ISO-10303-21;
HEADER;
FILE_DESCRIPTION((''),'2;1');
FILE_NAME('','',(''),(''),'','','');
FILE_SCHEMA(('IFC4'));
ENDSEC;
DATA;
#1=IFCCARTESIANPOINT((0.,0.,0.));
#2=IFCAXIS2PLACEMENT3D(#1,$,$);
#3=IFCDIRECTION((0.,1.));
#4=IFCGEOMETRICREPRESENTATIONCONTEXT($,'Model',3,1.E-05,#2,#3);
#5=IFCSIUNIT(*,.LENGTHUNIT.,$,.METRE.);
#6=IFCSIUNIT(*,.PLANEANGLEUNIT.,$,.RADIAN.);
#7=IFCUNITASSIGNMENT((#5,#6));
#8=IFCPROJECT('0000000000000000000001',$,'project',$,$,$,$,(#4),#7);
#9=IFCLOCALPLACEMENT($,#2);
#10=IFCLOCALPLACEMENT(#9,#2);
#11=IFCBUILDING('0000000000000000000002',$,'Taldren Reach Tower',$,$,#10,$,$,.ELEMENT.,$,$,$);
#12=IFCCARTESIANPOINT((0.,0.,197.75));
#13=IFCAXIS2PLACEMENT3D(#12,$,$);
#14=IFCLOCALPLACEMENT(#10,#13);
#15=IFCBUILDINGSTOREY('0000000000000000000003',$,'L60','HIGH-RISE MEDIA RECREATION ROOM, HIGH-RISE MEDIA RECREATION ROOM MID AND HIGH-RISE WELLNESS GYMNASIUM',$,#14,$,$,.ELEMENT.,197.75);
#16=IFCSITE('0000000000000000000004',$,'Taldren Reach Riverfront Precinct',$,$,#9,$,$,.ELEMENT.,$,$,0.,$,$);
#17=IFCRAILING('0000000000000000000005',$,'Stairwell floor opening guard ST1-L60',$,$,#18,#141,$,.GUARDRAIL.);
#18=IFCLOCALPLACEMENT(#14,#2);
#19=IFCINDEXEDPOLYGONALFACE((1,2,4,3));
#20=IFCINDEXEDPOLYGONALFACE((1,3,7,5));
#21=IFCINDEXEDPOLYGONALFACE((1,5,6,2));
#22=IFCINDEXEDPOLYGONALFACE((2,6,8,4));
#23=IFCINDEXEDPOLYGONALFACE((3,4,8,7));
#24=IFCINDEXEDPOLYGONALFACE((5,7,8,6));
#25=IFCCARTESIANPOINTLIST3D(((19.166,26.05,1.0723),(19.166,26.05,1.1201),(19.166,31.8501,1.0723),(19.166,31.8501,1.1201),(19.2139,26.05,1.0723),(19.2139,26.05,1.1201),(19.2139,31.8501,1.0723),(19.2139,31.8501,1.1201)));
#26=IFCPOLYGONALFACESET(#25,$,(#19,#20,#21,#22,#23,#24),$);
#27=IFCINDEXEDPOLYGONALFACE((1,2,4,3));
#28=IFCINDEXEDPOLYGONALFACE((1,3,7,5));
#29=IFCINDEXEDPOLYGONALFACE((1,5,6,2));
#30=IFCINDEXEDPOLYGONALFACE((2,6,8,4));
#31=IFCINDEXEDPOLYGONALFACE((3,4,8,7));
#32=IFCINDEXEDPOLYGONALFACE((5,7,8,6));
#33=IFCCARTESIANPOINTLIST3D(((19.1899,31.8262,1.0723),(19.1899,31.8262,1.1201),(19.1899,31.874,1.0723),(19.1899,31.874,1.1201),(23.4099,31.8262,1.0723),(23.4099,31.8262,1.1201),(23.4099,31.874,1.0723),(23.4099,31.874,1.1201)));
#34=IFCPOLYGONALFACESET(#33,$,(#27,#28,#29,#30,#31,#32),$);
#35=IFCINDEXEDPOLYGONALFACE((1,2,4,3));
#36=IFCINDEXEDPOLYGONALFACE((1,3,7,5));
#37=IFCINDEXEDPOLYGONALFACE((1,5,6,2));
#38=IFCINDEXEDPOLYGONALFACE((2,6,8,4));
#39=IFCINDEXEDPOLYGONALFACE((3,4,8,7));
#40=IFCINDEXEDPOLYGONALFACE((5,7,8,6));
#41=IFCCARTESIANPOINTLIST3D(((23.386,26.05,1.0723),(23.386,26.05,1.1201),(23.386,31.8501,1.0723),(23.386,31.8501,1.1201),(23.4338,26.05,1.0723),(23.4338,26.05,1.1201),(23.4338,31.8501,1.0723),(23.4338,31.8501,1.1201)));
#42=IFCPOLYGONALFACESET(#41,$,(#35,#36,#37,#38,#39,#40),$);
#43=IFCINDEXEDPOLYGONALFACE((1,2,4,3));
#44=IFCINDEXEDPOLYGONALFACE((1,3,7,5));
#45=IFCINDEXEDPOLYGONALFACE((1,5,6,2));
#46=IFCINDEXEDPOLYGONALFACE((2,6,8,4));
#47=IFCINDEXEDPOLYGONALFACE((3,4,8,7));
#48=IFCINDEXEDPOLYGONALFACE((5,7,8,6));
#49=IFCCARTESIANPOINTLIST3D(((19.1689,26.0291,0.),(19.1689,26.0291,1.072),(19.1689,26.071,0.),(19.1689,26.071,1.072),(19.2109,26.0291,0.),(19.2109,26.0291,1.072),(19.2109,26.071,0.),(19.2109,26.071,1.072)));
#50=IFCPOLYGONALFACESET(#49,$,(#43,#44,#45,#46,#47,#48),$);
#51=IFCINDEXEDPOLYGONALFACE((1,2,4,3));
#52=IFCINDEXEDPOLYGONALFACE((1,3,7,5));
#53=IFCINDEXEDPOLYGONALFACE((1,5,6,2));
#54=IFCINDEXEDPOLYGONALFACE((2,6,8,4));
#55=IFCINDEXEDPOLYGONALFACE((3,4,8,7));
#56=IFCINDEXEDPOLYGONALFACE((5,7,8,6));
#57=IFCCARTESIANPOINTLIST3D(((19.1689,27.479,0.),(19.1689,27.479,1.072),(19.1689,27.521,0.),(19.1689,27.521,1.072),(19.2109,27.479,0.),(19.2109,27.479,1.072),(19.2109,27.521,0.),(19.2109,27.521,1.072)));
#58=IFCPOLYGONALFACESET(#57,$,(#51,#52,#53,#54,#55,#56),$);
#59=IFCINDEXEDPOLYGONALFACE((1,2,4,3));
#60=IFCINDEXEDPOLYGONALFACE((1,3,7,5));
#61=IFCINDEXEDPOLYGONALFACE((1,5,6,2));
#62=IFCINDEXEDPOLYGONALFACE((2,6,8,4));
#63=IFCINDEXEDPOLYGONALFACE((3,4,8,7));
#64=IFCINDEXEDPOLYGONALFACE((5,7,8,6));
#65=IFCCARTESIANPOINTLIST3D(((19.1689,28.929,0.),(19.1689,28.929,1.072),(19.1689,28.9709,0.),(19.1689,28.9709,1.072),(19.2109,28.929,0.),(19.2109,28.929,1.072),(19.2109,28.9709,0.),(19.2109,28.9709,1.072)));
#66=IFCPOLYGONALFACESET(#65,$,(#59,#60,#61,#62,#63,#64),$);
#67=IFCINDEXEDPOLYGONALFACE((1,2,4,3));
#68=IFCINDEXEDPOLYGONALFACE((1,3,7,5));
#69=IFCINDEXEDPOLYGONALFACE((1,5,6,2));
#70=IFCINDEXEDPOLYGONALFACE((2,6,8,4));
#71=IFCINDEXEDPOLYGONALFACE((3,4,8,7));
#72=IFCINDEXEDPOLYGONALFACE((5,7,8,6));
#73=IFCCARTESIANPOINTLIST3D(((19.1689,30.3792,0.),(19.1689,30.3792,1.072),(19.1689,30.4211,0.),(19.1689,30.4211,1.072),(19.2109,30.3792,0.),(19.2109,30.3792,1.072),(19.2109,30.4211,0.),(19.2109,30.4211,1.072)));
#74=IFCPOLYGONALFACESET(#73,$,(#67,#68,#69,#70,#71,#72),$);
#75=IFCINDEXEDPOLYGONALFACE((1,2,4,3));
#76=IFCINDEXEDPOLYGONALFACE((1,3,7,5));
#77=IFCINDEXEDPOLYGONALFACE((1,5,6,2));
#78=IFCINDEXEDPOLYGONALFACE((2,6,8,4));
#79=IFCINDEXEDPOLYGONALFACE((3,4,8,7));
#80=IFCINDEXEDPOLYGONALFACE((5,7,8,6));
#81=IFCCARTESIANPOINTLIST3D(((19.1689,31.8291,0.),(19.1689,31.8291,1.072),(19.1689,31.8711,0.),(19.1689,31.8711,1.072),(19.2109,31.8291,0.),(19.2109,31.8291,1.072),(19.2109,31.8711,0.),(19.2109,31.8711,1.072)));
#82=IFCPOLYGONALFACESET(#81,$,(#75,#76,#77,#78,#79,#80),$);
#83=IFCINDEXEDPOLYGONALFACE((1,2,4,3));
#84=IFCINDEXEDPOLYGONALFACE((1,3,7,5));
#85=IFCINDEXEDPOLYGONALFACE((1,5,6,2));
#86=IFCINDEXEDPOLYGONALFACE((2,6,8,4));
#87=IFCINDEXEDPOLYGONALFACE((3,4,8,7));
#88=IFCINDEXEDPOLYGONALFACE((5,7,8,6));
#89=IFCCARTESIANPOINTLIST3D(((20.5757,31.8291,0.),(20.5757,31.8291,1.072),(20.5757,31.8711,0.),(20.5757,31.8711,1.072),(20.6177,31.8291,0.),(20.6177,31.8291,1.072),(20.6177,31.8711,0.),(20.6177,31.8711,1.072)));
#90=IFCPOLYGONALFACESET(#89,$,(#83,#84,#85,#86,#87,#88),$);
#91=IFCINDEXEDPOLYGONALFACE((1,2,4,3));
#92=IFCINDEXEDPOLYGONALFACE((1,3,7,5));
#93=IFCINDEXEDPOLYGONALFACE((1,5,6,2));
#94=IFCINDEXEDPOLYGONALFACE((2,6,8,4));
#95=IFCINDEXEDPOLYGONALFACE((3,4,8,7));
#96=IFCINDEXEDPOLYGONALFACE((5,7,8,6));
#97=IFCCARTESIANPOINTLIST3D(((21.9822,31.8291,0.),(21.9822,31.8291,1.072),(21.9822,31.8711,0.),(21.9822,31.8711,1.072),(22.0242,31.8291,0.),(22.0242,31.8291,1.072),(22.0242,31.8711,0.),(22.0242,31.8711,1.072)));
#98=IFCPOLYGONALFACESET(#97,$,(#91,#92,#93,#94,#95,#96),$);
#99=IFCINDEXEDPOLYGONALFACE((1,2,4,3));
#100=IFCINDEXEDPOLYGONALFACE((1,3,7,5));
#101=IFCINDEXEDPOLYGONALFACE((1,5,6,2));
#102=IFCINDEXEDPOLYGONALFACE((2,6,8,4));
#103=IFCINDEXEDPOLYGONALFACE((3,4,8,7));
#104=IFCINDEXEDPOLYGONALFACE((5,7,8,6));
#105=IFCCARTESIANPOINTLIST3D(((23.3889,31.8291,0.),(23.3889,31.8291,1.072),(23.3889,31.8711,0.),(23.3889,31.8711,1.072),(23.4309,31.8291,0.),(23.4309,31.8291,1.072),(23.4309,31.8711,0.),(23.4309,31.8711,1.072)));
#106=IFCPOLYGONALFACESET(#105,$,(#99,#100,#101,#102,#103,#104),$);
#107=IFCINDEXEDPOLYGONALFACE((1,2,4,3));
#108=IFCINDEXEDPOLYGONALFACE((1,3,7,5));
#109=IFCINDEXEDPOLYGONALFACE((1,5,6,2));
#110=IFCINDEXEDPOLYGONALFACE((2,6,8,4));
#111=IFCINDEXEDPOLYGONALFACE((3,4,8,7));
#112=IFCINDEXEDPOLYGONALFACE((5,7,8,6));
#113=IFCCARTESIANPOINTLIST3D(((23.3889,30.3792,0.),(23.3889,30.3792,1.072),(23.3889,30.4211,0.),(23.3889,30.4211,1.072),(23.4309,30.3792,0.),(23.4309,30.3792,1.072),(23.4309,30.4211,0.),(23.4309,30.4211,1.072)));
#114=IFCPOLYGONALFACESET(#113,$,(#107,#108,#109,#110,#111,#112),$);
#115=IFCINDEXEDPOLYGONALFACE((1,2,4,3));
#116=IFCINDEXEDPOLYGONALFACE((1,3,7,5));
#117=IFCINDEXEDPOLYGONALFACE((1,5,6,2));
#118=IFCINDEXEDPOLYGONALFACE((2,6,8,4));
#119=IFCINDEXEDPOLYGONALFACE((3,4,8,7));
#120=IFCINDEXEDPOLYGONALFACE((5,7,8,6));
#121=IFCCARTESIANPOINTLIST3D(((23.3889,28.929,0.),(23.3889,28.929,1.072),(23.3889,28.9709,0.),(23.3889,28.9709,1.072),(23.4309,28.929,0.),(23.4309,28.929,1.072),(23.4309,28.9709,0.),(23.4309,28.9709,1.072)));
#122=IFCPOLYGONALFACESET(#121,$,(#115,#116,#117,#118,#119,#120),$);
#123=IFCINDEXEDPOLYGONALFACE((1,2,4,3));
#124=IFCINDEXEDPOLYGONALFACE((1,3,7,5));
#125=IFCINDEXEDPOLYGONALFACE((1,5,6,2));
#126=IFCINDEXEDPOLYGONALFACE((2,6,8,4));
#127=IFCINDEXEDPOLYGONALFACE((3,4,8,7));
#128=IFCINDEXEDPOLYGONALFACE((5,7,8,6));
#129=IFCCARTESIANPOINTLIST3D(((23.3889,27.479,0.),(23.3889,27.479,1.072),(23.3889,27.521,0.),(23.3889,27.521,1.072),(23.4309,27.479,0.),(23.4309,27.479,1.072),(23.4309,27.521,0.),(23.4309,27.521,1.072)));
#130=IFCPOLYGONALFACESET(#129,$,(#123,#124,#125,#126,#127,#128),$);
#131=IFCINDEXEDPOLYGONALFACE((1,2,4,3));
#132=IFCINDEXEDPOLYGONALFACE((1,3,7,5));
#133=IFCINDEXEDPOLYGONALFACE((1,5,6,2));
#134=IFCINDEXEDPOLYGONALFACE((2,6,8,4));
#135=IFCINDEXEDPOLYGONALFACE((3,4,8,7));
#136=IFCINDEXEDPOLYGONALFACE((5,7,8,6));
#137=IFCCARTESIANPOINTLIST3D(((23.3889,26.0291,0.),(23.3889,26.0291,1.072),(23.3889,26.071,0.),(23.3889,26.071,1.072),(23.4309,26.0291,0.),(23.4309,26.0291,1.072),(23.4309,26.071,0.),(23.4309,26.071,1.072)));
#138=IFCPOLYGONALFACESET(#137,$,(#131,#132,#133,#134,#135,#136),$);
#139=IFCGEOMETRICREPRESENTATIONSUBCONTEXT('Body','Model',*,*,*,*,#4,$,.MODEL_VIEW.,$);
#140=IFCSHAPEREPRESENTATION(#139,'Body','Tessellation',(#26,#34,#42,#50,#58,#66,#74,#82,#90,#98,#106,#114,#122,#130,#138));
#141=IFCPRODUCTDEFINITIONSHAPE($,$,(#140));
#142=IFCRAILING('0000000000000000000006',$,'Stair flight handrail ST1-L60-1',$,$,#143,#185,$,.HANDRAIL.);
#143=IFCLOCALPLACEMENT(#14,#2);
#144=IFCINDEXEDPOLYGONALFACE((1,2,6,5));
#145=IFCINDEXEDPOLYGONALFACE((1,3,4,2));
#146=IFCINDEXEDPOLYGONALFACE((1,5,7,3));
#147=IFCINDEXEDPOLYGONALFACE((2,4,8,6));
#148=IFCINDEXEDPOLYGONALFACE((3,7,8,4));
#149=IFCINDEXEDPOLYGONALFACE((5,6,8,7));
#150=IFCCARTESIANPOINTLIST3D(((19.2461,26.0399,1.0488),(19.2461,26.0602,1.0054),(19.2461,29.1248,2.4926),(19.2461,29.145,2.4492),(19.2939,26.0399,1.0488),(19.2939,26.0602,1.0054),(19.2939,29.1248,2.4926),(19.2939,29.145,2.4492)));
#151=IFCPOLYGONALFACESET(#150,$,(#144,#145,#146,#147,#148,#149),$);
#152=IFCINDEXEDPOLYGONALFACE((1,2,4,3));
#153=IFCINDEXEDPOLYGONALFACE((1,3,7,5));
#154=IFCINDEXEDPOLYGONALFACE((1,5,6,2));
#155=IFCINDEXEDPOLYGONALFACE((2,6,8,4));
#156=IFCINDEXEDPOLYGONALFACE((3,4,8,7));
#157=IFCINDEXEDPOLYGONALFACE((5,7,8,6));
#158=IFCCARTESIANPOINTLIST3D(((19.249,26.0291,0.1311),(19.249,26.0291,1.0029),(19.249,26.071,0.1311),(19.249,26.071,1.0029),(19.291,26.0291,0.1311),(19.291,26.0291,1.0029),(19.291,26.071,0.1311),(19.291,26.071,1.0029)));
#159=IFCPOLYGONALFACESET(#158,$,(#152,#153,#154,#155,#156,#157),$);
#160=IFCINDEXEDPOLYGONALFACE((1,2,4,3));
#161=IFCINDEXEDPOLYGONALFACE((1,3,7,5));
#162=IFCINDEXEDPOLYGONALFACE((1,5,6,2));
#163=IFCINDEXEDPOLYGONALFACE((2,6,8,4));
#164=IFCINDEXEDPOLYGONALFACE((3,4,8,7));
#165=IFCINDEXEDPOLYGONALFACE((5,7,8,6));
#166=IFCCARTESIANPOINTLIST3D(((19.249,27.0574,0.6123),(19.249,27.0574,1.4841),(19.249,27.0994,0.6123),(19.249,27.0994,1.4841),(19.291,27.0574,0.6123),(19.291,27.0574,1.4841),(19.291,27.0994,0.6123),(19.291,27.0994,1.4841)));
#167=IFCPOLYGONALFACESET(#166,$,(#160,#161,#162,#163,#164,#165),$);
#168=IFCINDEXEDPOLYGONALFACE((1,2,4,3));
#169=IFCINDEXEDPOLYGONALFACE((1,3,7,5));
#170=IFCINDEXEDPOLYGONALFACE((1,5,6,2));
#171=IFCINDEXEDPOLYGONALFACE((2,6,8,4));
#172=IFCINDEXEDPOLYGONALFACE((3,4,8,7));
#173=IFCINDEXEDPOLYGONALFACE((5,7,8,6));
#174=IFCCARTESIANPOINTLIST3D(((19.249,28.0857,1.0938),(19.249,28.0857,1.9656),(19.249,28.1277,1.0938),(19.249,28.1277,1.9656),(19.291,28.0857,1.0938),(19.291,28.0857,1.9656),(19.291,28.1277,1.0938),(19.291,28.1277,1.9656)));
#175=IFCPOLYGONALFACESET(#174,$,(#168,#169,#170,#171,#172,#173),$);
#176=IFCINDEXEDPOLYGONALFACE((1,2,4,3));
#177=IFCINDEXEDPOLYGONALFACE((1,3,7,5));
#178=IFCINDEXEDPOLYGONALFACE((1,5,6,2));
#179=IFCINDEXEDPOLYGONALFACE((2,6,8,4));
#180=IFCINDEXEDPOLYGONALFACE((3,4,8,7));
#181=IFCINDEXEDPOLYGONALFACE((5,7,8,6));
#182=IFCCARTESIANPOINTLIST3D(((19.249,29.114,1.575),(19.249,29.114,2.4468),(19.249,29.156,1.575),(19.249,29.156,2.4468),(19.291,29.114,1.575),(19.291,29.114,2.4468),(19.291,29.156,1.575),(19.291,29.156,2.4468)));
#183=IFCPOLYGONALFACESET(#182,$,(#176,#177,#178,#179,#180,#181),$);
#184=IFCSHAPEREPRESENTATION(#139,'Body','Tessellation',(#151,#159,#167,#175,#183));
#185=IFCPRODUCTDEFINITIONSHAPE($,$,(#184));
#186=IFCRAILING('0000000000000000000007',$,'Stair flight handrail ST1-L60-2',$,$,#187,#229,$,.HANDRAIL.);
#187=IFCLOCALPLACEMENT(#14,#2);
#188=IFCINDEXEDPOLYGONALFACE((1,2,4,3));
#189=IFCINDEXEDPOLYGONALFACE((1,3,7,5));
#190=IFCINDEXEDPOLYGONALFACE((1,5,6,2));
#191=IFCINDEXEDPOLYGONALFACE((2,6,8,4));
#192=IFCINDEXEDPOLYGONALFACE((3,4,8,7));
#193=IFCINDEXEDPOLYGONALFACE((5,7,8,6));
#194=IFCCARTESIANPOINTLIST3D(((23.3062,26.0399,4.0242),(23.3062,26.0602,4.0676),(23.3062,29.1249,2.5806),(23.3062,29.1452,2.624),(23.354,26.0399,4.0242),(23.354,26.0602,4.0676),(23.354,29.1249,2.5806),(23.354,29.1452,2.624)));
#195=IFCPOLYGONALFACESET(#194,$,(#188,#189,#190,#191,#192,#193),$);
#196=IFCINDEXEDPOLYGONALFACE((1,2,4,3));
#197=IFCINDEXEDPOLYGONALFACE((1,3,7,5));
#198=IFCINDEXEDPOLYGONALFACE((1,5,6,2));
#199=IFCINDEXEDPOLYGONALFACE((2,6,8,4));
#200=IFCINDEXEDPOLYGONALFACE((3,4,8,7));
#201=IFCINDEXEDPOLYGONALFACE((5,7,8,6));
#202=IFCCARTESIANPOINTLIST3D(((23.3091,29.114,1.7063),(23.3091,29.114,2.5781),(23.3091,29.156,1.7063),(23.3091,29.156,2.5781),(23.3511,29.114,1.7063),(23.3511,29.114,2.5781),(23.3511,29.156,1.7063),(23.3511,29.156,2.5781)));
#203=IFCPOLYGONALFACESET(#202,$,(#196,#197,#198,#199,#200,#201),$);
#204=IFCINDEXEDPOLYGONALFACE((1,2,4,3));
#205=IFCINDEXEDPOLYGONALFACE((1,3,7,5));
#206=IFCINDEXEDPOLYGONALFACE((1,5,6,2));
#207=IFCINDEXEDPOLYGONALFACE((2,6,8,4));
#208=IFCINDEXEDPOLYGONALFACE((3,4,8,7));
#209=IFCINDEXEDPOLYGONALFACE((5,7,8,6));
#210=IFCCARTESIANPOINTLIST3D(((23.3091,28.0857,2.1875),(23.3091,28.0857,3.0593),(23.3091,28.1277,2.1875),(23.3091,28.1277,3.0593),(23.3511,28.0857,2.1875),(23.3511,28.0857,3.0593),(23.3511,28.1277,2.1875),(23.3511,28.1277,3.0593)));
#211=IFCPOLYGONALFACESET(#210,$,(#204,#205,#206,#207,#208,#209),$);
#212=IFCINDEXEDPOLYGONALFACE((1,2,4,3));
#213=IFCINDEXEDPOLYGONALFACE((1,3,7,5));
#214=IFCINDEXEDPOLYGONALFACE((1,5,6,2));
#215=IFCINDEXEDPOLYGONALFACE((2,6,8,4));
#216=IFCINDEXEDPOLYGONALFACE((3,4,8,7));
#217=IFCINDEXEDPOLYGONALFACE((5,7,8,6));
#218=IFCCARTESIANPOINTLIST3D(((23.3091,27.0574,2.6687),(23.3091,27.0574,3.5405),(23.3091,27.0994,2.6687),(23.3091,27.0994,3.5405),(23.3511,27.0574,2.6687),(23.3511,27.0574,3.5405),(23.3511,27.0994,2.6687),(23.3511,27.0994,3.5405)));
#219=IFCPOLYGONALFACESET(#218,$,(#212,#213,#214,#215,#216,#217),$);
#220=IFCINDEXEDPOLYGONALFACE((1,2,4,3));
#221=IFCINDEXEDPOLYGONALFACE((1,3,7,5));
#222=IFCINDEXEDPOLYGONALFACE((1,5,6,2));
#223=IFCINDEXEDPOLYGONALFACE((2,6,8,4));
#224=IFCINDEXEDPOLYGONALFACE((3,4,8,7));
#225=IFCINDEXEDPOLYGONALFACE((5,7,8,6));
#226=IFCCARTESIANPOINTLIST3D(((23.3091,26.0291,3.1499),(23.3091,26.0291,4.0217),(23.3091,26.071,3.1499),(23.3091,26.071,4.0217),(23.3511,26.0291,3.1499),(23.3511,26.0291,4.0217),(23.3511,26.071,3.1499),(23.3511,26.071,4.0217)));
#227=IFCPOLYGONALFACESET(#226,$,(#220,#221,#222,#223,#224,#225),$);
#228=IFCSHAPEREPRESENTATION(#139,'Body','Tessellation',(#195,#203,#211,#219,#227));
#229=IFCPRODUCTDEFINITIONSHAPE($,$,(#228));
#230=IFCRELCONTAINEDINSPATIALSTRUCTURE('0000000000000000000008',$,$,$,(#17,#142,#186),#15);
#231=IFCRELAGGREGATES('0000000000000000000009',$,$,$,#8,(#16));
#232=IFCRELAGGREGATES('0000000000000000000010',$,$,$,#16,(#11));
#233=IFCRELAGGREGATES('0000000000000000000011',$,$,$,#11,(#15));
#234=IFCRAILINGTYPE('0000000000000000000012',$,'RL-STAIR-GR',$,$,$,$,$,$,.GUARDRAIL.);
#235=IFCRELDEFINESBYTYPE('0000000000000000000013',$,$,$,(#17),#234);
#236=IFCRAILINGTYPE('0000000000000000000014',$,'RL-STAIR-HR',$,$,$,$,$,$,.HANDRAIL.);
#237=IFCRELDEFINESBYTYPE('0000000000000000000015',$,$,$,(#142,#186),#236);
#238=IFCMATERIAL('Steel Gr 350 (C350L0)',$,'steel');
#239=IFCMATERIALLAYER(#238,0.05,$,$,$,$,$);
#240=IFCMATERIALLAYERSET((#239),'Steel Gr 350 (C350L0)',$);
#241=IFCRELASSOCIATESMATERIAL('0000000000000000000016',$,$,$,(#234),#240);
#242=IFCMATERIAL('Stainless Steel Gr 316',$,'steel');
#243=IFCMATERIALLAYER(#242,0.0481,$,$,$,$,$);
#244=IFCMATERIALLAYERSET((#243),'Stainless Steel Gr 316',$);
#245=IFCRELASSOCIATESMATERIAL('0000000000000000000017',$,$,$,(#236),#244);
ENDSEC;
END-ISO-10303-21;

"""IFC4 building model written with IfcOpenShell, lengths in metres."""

from ifc_helpers import new_model, si_unit, direction, frame, origin, origin_2d, place, context, subcontext, project, spatial, rectangle, extrude, material, layer, layer_set, type_object, element, save


model = new_model("IFC4")

# Units and contexts
model_context = context("Model", 3, precision=1e-05, world=origin(), true_north=direction((0.0, 1.0)))
body_context = subcontext(model_context, "Body", "Model", "MODEL_VIEW")
ifc_project = project(units=[si_unit("LENGTHUNIT", "METRE"), si_unit("PLANEANGLEUNIT", "RADIAN")], contexts=[model_context])

# Site, building, storey
site_placement = place(None, origin())
site = spatial("IfcSite", under=ifc_project, at=site_placement, Name="Taldren Reach Riverfront Precinct", CompositionType="ELEMENT", RefElevation=0.0)
building_placement = place(site_placement, origin())
building = spatial("IfcBuilding", under=site, at=building_placement, Name="Taldren Reach Tower", CompositionType="ELEMENT")
storey_placement = place(building_placement, frame((0.0, 0.0, 197.75)))
storey = spatial("IfcBuildingStorey", under=building, at=storey_placement, Name="L60", Description="HIGH-RISE MEDIA RECREATION ROOM, HIGH-RISE MEDIA RECREATION ROOM MID AND HIGH-RISE WELLNESS GYMNASIUM", CompositionType="ELEMENT", Elevation=197.75)

# Shared definitions
ifc_material_1 = material(Name="Steel Gr 350 (C350L0)", Category="steel")

# Railings
ifc_layer_1 = layer(ifc_material_1, 0.05)
ifc_layer_set_1 = layer_set([ifc_layer_1], Name="Steel Gr 350 (C350L0)")
railing_type_1 = type_object("IfcRailingType", Name="RL-STAIR-GR", PredefinedType="GUARDRAIL", material=ifc_layer_set_1)
railing_1_placement = place(storey_placement, frame((19.1899, 26.05, 0.0)))
element("IfcRailing", 1, at=railing_1_placement, inside=storey, type_object=railing_type_1, Name="Stairwell floor opening guard ST1-L60", PredefinedType="GUARDRAIL", context=body_context, shape_type="SweptSolid", body=[
    extrude(rectangle(XDim=0.0479, YDim=0.0479, at=origin_2d()), frame((0.0, 0.0, 1.0962), z_axis=(0.0, 1.0, 0.0), x_axis=(-1.0, 0.0, 0.0)), (0.0, 0.0, 1.0), 5.8),
    extrude(rectangle(XDim=0.0479, YDim=0.0479, at=origin_2d()), frame((0.0, 5.8, 1.0962), z_axis=(1.0, 0.0, 0.0), x_axis=(0.0, 1.0, 0.0)), (0.0, 0.0, 1.0), 4.22),
    extrude(rectangle(XDim=0.0479, YDim=0.0479, at=origin_2d()), frame((4.22, 5.8, 1.0962), z_axis=(0.0, -1.0, 0.0), x_axis=(1.0, 0.0, 0.0)), (0.0, 0.0, 1.0), 5.8),
    extrude(rectangle(XDim=0.042, YDim=0.042, at=origin_2d()), origin(), (0.0, 0.0, 1.0), 1.072),
    extrude(rectangle(XDim=0.042, YDim=0.042, at=origin_2d()), frame((0.0, 1.45, 0.0)), (0.0, 0.0, 1.0), 1.072),
    extrude(rectangle(XDim=0.042, YDim=0.042, at=origin_2d()), frame((0.0, 2.8999, 0.0)), (0.0, 0.0, 1.0), 1.072),
    extrude(rectangle(XDim=0.042, YDim=0.042, at=origin_2d()), frame((0.0, 4.3501, 0.0)), (0.0, 0.0, 1.0), 1.072),
    extrude(rectangle(XDim=0.042, YDim=0.042, at=origin_2d()), frame((0.0, 5.8, 0.0)), (0.0, 0.0, 1.0), 1.072),
    extrude(rectangle(XDim=0.042, YDim=0.042, at=origin_2d()), frame((1.4067, 5.8, 0.0)), (0.0, 0.0, 1.0), 1.072),
    extrude(rectangle(XDim=0.042, YDim=0.042, at=origin_2d()), frame((2.8132, 5.8, 0.0)), (0.0, 0.0, 1.0), 1.072),
    extrude(rectangle(XDim=0.042, YDim=0.042, at=origin_2d()), frame((4.22, 5.8, 0.0)), (0.0, 0.0, 1.0), 1.072),
    extrude(rectangle(XDim=0.042, YDim=0.042, at=origin_2d()), frame((4.22, 4.3501, 0.0)), (0.0, 0.0, 1.0), 1.072),
    extrude(rectangle(XDim=0.042, YDim=0.042, at=origin_2d()), frame((4.22, 2.8999, 0.0)), (0.0, 0.0, 1.0), 1.072),
    extrude(rectangle(XDim=0.042, YDim=0.042, at=origin_2d()), frame((4.22, 1.45, 0.0)), (0.0, 0.0, 1.0), 1.072),
    extrude(rectangle(XDim=0.042, YDim=0.042, at=origin_2d()), frame((4.22, 0.0, 0.0)), (0.0, 0.0, 1.0), 1.072),
])
ifc_material_2 = material(Name="Stainless Steel Gr 316", Category="steel")
ifc_layer_2 = layer(ifc_material_2, 0.0481)
ifc_layer_set_2 = layer_set([ifc_layer_2], Name="Stainless Steel Gr 316")
railing_type_2 = type_object("IfcRailingType", Name="RL-STAIR-HR", PredefinedType="HANDRAIL", material=ifc_layer_set_2)
railing_2_placement = place(storey_placement, frame((19.27, 26.05, 0.1311)))
element("IfcRailing", 2, at=railing_2_placement, inside=storey, type_object=railing_type_2, Name="Stair flight handrail ST1-L60-1", PredefinedType="HANDRAIL", context=body_context, shape_type="SweptSolid", body=[
    extrude(rectangle(XDim=0.0479, YDim=0.0479, at=origin_2d()), frame((0.0, 0.0, 0.896), z_axis=(0.0, 0.90571, 0.423898), x_axis=(-1.0, 0.0, 0.0)), (0.0, 0.0, 1.0), 3.406),
    extrude(rectangle(XDim=0.042, YDim=0.042, at=origin_2d()), origin(), (0.0, 0.0, 1.0), 0.8718),
    extrude(rectangle(XDim=0.042, YDim=0.042, at=origin_2d()), frame((0.0, 1.0283, 0.4812)), (0.0, 0.0, 1.0), 0.8718),
    extrude(rectangle(XDim=0.042, YDim=0.042, at=origin_2d()), frame((0.0, 2.0566, 0.9626)), (0.0, 0.0, 1.0), 0.8718),
    extrude(rectangle(XDim=0.042, YDim=0.042, at=origin_2d()), frame((0.0, 3.085, 1.4438)), (0.0, 0.0, 1.0), 0.8718),
])
railing_3_placement = place(storey_placement, frame((23.3301, 29.135, 1.7063)))
element("IfcRailing", 3, at=railing_3_placement, inside=storey, type_object=railing_type_2, Name="Stair flight handrail ST1-L60-2", PredefinedType="HANDRAIL", context=body_context, shape_type="SweptSolid", body=[
    extrude(rectangle(XDim=0.0479, YDim=0.0479, at=origin_2d()), frame((0.0, 0.0, 0.896), z_axis=(0.0, -0.905738, 0.423839), x_axis=(1.0, 0.0, 0.0)), (0.0, 0.0, 1.0), 3.406),
    extrude(rectangle(XDim=0.042, YDim=0.042, at=origin_2d()), origin(), (0.0, 0.0, 1.0), 0.8718),
    extrude(rectangle(XDim=0.042, YDim=0.042, at=origin_2d()), frame((0.0, -1.0283, 0.4812)), (0.0, 0.0, 1.0), 0.8718),
    extrude(rectangle(XDim=0.042, YDim=0.042, at=origin_2d()), frame((0.0, -2.0566, 0.9624)), (0.0, 0.0, 1.0), 0.8718),
    extrude(rectangle(XDim=0.042, YDim=0.042, at=origin_2d()), frame((0.0, -3.085, 1.4436)), (0.0, 0.0, 1.0), 0.8718),
])

save(model, "model.ifc")
